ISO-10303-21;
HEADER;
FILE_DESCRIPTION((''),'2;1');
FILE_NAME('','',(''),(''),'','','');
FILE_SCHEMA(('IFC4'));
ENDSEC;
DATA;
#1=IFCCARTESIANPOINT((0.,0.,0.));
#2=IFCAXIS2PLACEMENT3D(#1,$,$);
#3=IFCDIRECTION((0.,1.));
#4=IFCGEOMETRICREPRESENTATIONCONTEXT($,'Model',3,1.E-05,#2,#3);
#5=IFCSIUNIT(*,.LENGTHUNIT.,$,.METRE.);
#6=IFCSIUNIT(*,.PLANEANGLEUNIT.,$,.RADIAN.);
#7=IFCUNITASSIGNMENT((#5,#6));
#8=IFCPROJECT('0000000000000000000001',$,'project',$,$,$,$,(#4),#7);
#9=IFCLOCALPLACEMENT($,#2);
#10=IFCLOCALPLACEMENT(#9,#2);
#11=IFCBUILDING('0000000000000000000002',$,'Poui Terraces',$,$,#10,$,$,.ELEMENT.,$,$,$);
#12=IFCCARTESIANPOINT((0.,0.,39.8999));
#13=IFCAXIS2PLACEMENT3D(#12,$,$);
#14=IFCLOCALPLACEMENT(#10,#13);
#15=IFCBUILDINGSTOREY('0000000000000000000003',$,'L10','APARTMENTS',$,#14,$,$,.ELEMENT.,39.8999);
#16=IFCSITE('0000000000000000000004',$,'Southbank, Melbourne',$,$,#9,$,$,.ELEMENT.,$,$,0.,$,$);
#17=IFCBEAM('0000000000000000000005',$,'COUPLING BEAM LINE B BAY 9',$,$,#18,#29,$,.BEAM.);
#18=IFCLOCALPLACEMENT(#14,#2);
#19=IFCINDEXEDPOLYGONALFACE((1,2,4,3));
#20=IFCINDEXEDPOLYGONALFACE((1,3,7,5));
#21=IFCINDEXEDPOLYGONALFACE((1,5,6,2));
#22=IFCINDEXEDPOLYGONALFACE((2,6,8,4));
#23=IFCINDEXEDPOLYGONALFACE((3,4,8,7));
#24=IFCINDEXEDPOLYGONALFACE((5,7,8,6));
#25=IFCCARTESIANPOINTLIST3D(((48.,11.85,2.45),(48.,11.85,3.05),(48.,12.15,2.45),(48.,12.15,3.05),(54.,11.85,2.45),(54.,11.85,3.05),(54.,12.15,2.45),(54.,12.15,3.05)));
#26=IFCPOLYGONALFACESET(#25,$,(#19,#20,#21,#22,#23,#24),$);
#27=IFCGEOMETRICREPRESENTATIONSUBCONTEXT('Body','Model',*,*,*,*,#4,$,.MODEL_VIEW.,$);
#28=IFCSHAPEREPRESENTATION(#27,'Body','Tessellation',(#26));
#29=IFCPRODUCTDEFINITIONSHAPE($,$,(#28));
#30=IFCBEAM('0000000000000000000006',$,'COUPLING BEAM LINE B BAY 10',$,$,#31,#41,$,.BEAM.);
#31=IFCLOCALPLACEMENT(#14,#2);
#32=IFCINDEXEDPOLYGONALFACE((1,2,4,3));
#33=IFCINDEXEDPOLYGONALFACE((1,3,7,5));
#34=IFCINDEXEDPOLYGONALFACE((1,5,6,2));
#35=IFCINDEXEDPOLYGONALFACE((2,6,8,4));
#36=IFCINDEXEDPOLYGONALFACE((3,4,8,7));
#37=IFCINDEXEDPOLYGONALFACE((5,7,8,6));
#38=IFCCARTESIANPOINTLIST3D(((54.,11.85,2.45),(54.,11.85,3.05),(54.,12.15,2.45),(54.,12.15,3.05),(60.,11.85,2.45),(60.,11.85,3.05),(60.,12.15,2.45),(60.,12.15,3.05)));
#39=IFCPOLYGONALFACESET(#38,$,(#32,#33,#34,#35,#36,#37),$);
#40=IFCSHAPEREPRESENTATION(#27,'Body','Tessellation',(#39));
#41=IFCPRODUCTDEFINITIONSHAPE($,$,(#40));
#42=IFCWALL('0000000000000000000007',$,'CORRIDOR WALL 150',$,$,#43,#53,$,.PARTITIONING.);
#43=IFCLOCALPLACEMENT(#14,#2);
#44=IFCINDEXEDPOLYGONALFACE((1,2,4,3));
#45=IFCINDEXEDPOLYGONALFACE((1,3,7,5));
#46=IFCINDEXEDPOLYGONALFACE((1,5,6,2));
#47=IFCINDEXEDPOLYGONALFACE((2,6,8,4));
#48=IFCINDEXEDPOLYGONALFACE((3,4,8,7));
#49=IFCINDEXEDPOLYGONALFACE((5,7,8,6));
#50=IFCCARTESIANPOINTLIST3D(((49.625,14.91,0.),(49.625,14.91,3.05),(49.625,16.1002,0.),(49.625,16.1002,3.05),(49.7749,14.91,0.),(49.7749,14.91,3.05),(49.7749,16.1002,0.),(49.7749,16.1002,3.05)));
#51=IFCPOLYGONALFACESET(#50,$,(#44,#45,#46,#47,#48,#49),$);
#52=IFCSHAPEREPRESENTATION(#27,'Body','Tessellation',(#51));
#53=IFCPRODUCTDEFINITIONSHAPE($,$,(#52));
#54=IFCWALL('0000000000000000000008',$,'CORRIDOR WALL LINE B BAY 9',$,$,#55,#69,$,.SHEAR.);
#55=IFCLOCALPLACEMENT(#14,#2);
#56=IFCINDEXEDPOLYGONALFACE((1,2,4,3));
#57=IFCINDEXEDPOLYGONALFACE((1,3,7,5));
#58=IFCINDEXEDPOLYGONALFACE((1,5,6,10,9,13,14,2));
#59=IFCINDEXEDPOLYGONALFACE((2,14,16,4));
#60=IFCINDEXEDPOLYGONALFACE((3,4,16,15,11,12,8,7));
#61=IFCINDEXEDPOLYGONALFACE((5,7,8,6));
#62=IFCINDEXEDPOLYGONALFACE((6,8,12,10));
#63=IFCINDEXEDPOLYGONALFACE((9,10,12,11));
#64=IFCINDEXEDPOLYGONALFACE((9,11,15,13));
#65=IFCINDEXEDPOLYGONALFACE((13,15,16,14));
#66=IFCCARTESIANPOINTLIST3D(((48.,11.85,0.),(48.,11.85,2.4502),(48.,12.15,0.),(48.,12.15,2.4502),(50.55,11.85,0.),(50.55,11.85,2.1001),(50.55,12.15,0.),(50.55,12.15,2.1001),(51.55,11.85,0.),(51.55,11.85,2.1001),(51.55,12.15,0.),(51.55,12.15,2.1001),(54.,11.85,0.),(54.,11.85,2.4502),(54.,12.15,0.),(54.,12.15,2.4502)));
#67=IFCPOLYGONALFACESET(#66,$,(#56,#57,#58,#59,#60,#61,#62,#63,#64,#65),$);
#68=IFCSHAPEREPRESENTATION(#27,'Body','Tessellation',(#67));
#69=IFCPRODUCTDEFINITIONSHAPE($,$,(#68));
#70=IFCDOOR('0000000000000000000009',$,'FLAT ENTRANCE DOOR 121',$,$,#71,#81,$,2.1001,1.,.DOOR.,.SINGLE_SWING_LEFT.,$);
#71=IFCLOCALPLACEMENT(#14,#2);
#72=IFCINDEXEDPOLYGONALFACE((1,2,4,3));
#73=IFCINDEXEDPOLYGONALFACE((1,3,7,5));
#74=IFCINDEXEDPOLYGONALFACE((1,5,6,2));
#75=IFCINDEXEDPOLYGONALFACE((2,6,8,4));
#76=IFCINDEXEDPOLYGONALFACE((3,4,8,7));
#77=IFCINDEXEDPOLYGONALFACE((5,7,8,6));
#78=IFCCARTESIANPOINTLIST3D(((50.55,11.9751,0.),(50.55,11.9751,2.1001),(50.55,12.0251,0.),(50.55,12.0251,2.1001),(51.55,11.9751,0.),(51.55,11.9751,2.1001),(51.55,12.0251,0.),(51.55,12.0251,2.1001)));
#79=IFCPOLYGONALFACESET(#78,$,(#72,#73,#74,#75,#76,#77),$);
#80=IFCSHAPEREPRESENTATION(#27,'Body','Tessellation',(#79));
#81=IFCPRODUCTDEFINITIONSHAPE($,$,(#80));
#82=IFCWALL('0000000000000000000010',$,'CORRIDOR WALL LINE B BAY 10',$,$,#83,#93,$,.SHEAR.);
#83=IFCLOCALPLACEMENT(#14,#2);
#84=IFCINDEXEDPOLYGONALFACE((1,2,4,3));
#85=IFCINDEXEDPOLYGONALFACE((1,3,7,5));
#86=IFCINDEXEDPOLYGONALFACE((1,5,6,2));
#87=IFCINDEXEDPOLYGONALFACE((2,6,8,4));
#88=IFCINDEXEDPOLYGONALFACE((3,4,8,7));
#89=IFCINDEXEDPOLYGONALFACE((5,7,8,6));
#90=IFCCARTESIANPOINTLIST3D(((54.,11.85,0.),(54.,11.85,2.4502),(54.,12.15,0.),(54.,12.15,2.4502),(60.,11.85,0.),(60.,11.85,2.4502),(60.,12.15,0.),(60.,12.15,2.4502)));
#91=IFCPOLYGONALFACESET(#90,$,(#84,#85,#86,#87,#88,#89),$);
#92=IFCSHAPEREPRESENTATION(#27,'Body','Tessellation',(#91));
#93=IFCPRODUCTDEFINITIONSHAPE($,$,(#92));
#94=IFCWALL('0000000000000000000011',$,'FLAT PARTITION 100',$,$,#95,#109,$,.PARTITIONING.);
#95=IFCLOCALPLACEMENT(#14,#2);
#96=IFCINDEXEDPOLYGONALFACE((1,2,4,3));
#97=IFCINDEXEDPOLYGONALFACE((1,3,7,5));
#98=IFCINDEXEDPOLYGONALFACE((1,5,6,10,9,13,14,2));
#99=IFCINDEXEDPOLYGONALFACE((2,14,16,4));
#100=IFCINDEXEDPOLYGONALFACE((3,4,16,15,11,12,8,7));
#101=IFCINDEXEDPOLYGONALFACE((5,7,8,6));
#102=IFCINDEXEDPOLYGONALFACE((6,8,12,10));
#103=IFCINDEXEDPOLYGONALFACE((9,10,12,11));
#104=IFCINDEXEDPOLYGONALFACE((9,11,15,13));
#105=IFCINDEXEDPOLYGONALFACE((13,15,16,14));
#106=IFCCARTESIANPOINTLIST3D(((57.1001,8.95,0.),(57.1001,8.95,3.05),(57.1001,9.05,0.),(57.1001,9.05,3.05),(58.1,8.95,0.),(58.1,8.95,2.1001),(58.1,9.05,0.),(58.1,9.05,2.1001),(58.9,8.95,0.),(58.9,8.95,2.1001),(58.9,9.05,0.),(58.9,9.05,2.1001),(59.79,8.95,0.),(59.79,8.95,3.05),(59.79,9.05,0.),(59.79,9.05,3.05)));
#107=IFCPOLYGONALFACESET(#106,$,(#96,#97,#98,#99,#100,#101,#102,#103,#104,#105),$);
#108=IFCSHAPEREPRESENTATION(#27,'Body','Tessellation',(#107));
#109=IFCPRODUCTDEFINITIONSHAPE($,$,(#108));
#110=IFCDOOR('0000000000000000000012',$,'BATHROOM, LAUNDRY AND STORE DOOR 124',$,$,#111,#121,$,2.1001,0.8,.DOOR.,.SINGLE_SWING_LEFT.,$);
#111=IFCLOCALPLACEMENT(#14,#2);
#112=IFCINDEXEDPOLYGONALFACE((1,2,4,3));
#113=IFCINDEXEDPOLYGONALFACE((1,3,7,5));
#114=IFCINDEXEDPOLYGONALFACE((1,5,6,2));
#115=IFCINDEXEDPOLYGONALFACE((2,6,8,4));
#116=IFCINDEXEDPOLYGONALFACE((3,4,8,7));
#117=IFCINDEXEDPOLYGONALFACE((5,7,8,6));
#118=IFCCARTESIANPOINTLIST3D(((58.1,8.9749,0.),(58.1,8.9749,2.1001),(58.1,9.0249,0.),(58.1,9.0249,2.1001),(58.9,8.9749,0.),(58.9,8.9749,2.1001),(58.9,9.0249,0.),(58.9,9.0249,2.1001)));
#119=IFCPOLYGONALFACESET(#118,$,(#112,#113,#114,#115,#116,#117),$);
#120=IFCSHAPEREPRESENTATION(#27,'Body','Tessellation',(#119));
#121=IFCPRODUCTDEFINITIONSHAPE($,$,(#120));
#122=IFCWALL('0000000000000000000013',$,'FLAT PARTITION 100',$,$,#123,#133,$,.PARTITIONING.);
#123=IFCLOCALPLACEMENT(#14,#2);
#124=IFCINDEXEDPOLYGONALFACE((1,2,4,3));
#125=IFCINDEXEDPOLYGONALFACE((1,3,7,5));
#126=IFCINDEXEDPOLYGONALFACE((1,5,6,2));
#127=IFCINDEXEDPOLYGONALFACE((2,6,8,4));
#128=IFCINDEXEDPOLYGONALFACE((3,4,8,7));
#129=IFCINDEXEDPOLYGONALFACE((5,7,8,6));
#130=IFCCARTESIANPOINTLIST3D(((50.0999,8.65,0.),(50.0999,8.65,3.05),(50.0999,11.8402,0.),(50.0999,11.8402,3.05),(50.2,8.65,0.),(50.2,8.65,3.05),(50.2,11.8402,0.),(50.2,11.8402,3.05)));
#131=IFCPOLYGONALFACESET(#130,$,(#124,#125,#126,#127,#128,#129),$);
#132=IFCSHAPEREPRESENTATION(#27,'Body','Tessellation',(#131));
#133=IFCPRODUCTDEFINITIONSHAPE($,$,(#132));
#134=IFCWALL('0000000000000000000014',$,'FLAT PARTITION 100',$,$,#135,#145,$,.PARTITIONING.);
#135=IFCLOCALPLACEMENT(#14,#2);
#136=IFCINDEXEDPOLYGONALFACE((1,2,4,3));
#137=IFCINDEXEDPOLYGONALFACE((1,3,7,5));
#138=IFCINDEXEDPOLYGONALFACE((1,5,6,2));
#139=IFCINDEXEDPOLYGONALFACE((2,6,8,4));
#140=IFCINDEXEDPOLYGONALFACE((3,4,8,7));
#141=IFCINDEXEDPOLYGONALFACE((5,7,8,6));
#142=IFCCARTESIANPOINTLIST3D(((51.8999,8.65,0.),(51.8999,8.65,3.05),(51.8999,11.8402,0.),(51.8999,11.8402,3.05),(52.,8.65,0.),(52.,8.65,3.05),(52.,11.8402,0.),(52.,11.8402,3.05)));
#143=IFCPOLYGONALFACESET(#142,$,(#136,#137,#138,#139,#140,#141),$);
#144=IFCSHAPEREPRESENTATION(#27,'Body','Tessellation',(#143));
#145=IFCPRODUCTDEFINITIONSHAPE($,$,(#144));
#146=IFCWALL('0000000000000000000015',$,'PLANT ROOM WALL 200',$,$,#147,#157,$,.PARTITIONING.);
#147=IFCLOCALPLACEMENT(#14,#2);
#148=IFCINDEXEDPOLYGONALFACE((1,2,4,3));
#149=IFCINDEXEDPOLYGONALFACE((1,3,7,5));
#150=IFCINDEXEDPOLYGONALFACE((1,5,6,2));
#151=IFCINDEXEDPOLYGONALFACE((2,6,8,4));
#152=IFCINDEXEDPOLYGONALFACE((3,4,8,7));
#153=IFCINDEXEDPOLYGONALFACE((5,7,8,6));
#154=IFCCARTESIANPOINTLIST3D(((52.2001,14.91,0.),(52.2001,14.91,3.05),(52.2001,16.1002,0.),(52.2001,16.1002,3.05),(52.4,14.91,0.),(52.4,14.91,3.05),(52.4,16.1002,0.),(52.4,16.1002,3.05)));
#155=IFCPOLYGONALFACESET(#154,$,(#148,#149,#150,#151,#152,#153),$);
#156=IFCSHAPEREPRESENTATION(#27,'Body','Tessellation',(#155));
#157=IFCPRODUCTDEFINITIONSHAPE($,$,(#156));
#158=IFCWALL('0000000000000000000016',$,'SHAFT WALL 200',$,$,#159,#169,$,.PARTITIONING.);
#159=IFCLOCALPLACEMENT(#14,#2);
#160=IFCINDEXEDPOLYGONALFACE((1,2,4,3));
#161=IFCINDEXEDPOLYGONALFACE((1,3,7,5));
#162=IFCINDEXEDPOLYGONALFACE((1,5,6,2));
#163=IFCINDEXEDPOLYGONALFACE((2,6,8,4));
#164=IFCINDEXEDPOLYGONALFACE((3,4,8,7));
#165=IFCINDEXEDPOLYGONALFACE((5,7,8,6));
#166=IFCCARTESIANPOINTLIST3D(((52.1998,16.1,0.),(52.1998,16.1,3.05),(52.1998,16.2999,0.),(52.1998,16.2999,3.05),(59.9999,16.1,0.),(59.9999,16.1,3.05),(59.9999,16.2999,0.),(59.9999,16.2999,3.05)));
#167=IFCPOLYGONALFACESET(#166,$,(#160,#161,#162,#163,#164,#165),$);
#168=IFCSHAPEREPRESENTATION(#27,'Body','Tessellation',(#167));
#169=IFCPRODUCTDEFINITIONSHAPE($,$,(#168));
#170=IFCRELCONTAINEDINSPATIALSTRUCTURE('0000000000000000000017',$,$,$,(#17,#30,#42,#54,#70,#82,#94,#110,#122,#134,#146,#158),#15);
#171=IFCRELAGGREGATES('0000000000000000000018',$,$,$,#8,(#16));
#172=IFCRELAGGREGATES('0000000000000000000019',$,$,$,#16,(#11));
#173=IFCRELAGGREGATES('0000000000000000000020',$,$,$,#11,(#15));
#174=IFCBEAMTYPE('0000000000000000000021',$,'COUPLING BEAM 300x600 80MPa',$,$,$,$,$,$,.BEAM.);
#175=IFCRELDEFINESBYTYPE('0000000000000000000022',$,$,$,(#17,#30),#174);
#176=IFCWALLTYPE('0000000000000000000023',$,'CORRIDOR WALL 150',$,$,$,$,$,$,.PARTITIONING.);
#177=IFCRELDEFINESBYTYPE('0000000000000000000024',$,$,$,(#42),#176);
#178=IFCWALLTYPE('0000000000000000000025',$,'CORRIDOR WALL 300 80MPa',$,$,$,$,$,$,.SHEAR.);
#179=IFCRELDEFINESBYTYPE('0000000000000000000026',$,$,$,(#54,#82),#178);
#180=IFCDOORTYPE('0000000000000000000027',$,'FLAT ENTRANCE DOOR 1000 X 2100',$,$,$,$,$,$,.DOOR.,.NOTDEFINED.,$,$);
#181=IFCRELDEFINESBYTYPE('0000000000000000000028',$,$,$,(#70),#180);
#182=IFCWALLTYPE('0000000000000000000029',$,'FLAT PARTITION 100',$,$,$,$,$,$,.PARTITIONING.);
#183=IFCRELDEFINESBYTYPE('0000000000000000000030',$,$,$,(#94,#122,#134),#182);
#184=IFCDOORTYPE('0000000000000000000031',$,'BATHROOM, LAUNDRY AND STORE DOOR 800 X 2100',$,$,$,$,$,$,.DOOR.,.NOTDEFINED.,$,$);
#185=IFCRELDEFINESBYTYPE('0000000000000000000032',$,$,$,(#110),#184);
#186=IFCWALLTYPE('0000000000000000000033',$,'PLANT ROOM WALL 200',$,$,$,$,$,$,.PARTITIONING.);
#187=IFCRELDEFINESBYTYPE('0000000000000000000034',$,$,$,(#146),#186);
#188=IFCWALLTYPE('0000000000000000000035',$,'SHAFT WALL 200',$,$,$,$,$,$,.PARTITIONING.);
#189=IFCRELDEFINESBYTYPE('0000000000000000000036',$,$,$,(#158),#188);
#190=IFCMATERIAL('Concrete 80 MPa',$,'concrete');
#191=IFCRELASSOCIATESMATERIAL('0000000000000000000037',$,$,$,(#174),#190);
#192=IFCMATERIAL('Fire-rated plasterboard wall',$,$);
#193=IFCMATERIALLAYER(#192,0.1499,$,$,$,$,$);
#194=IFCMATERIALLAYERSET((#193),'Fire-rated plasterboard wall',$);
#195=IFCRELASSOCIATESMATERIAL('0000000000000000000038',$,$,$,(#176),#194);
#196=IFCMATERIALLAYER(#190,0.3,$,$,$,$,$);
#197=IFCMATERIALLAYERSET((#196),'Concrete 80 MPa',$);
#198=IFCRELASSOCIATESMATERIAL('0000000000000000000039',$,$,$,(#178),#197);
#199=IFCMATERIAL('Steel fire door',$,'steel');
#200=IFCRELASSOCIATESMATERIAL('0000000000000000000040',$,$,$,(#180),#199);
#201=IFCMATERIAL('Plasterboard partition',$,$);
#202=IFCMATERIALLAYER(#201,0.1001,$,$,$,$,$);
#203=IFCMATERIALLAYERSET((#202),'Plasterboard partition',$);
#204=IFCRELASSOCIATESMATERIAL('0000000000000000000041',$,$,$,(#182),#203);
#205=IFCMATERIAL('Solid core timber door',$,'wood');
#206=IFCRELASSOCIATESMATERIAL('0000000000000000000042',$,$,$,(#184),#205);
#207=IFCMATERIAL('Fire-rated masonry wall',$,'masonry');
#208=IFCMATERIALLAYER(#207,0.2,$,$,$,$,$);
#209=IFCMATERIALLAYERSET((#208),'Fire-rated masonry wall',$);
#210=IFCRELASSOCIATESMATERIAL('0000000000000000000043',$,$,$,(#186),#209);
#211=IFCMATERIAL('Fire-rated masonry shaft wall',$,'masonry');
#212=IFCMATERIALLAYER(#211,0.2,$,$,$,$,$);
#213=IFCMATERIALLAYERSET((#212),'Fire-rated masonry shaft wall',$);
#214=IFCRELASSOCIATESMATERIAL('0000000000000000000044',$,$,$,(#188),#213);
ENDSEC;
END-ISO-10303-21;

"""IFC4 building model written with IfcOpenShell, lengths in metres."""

from ifc_helpers import new_model, si_unit, direction, frame, frame_2d, origin, origin_2d, place, context, subcontext, project, spatial, rectangle, extrude, source, transform, mapped, material, layer, layer_set, material_profile, profile_set, type_object, element, fill, save


model = new_model("IFC4")

# Units and contexts
model_context = context("Model", 3, precision=1e-05, world=origin(), true_north=direction((0.0, 1.0)))
body_context = subcontext(model_context, "Body", "Model", "MODEL_VIEW")
ifc_project = project(units=[si_unit("LENGTHUNIT", "METRE"), si_unit("PLANEANGLEUNIT", "RADIAN")], contexts=[model_context])

# Site, building, storey
site_placement = place(None, origin())
site = spatial("IfcSite", under=ifc_project, at=site_placement, Name="Southbank, Melbourne", CompositionType="ELEMENT", RefElevation=0.0)
building_placement = place(site_placement, origin())
building = spatial("IfcBuilding", under=site, at=building_placement, Name="Poui Terraces", CompositionType="ELEMENT")
storey_placement = place(building_placement, frame((0.0, 0.0, 39.8999)))
storey = spatial("IfcBuildingStorey", under=building, at=storey_placement, Name="L10", Description="APARTMENTS", CompositionType="ELEMENT", Elevation=39.8999)

# Beams
ifc_material_1 = material(Name="Concrete 80 MPa", Category="concrete")
ifc_material_profile = material_profile(ifc_material_1, rectangle(XDim=0.3, YDim=0.6001, at=origin_2d()), Name="RC 300x600")
ifc_profile_set = profile_set([ifc_material_profile], Name="Concrete 80 MPa")
beam_type = type_object("IfcBeamType", Name="COUPLING BEAM 300x600 80MPa", PredefinedType="BEAM", material=ifc_profile_set)
shared_shape = source(origin(), body_context, "Body", "SweptSolid", [
    extrude(rectangle(XDim=0.3, YDim=0.6001, at=origin_2d()), origin(), (0.0, 0.0, 1.0), 6.0),
])
for number, where, z_axis, x_axis, name in (
    (1, (48.0, 12.0, 2.75), (1.0, 0.0, 0.0), (0.0, 1.0, 0.0), "COUPLING BEAM LINE B BAY 9"),
    (2, (54.0, 12.0, 2.75), (1.0, 0.0, 0.0), (0.0, 1.0, 0.0), "COUPLING BEAM LINE B BAY 10"),
):
    element("IfcBeam", number, at=place(storey_placement, frame(where, z_axis=z_axis, x_axis=x_axis)), inside=storey, type_object=beam_type, Name=name, PredefinedType="BEAM", context=body_context, shape_type="MappedRepresentation", body=[
        mapped(shared_shape, transform((0.0, 0.0, 0.0))),
    ])

# Wall
ifc_material_2 = material(Name="Fire-rated plasterboard wall")
ifc_layer_1 = layer(ifc_material_2, 0.1499)
ifc_layer_set_1 = layer_set([ifc_layer_1], Name="Fire-rated plasterboard wall")
wall_type_1 = type_object("IfcWallType", Name="CORRIDOR WALL 150", PredefinedType="PARTITIONING", material=ifc_layer_set_1)
wall_1_placement = place(storey_placement, frame((49.7, 14.9099, 0.0), z_axis=(0.0, 0.0, 1.0), x_axis=(0.0, 1.0, 0.0)))
element("IfcWall", 3, at=wall_1_placement, inside=storey, type_object=wall_type_1, Name="CORRIDOR WALL 150", PredefinedType="PARTITIONING", context=body_context, shape_type="SweptSolid", body=[
    extrude(rectangle(XDim=1.1902, YDim=0.1499, at=frame_2d((0.5952, 0.0))), origin(), (0.0, 0.0, 1.0), 3.05),
])

# Wall, opening, door
ifc_layer_2 = layer(ifc_material_1, 0.3)
ifc_layer_set_2 = layer_set([ifc_layer_2], Name="Concrete 80 MPa")
wall_type_2 = type_object("IfcWallType", Name="CORRIDOR WALL 300 80MPa", PredefinedType="SHEAR", material=ifc_layer_set_2)
wall_2_placement = place(storey_placement, frame((48.0, 12.0, 0.0), z_axis=(0.0, 0.0, 1.0), x_axis=(1.0, 0.0, 0.0)))
wall_2 = element("IfcWall", 4, at=wall_2_placement, inside=storey, type_object=wall_type_2, Name="CORRIDOR WALL LINE B BAY 9", PredefinedType="SHEAR", context=body_context, shape_type="SweptSolid", body=[
    extrude(rectangle(XDim=6.0, YDim=0.3, at=frame_2d((3.0, 0.0))), origin(), (0.0, 0.0, 1.0), 2.4502),
])
opening_1_placement = place(wall_2_placement, frame((2.55, 0.0, 0.0)))
opening_1 = element("IfcOpeningElement", 5, at=opening_1_placement, cuts=wall_2, PredefinedType="OPENING", context=body_context, shape_type="SweptSolid", body=[
    extrude(rectangle(XDim=1.0, YDim=2.1001, at=frame_2d((0.5, 1.05))), frame((0.0, 0.1602, 0.0), z_axis=(0.0, -1.0, 0.0), x_axis=(1.0, 0.0, 0.0)), (0.0, 0.0, 1.0), 0.3201),
])
ifc_material_3 = material(Name="Steel fire door", Category="steel")
door_type_1 = type_object("IfcDoorType", Name="FLAT ENTRANCE DOOR 1000 X 2100", OperationType="NOTDEFINED", PredefinedType="DOOR", material=ifc_material_3)
door_1_placement = place(opening_1_placement, frame((1.0, 0.0, 0.0), z_axis=(0.0, 0.0, 1.0), x_axis=(-1.0, 0.0, 0.0)))
door_1 = element("IfcDoor", 6, at=door_1_placement, inside=storey, type_object=door_type_1, Name="FLAT ENTRANCE DOOR 121", OperationType="SINGLE_SWING_LEFT", OverallHeight=2.1001, OverallWidth=1.0, PredefinedType="DOOR", context=body_context, shape_type="SweptSolid", body=[
    extrude(rectangle(XDim=1.0, YDim=2.1001, at=frame_2d((0.5, 1.05))), frame((0.0, 0.0249, 0.0), z_axis=(0.0, -1.0, 0.0), x_axis=(1.0, 0.0, 0.0)), (0.0, 0.0, 1.0), 0.05),
])
fill(opening_1, door_1)

# Wall
wall_3_placement = place(storey_placement, frame((54.0, 12.0, 0.0), z_axis=(0.0, 0.0, 1.0), x_axis=(1.0, 0.0, 0.0)))
element("IfcWall", 7, at=wall_3_placement, inside=storey, type_object=wall_type_2, Name="CORRIDOR WALL LINE B BAY 10", PredefinedType="SHEAR", context=body_context, shape_type="SweptSolid", body=[
    extrude(rectangle(XDim=6.0, YDim=0.3, at=frame_2d((3.0, 0.0))), origin(), (0.0, 0.0, 1.0), 2.4502),
])

# Wall, opening, door
ifc_material_4 = material(Name="Plasterboard partition")
ifc_layer_3 = layer(ifc_material_4, 0.1001)
ifc_layer_set_3 = layer_set([ifc_layer_3], Name="Plasterboard partition")
wall_type_3 = type_object("IfcWallType", Name="FLAT PARTITION 100", PredefinedType="PARTITIONING", material=ifc_layer_set_3)
wall_4_placement = place(storey_placement, frame((57.1001, 9.0, 0.0), z_axis=(0.0, 0.0, 1.0), x_axis=(1.0, 0.0, 0.0)))
wall_4 = element("IfcWall", 8, at=wall_4_placement, inside=storey, type_object=wall_type_3, Name="FLAT PARTITION 100", PredefinedType="PARTITIONING", context=body_context, shape_type="SweptSolid", body=[
    extrude(rectangle(XDim=2.6899, YDim=0.1001, at=frame_2d((1.345, 0.0))), origin(), (0.0, 0.0, 1.0), 3.05),
])
opening_2_placement = place(wall_4_placement, frame((1.0, 0.0, 0.0)))
opening_2 = element("IfcOpeningElement", 9, at=opening_2_placement, cuts=wall_4, PredefinedType="OPENING", context=body_context, shape_type="SweptSolid", body=[
    extrude(rectangle(XDim=0.8, YDim=2.1001, at=frame_2d((0.3999, 1.05))), frame((0.0, 0.0601, 0.0), z_axis=(0.0, -1.0, 0.0), x_axis=(1.0, 0.0, 0.0)), (0.0, 0.0, 1.0), 0.1201),
])
ifc_material_5 = material(Name="Solid core timber door", Category="wood")
door_type_2 = type_object("IfcDoorType", Name="BATHROOM, LAUNDRY AND STORE DOOR 800 X 2100", OperationType="NOTDEFINED", PredefinedType="DOOR", material=ifc_material_5)
door_2_placement = place(opening_2_placement, origin())
door_2 = element("IfcDoor", 10, at=door_2_placement, inside=storey, type_object=door_type_2, Name="BATHROOM, LAUNDRY AND STORE DOOR 124", OperationType="SINGLE_SWING_LEFT", OverallHeight=2.1001, OverallWidth=0.8, PredefinedType="DOOR", context=body_context, shape_type="SweptSolid", body=[
    extrude(rectangle(XDim=0.8, YDim=2.1001, at=frame_2d((0.3999, 1.05))), frame((0.0, 0.0249, 0.0), z_axis=(0.0, -1.0, 0.0), x_axis=(1.0, 0.0, 0.0)), (0.0, 0.0, 1.0), 0.05),
])
fill(opening_2, door_2)

# Walls
for number, where, z_axis, x_axis, name in (
    (11, (50.1499, 8.6499, 0.0), (0.0, 0.0, 1.0), (0.0, 1.0, 0.0), "FLAT PARTITION 100"),
    (12, (51.95, 8.6499, 0.0), (0.0, 0.0, 1.0), (0.0, 1.0, 0.0), "FLAT PARTITION 100"),
):
    element("IfcWall", number, at=place(storey_placement, frame(where, z_axis=z_axis, x_axis=x_axis)), inside=storey, type_object=wall_type_3, Name=name, PredefinedType="PARTITIONING", context=body_context, shape_type="SweptSolid", body=[
        extrude(rectangle(XDim=3.1902, YDim=0.1001, at=frame_2d((1.5952, 0.0))), origin(), (0.0, 0.0, 1.0), 3.05),
    ])
ifc_material_6 = material(Name="Fire-rated masonry wall", Category="masonry")
ifc_layer_4 = layer(ifc_material_6, 0.2)
ifc_layer_set_4 = layer_set([ifc_layer_4], Name="Fire-rated masonry wall")
wall_type_4 = type_object("IfcWallType", Name="PLANT ROOM WALL 200", PredefinedType="PARTITIONING", material=ifc_layer_set_4)
wall_5_placement = place(storey_placement, frame((52.3, 14.9099, 0.0), z_axis=(0.0, 0.0, 1.0), x_axis=(0.0, 1.0, 0.0)))
element("IfcWall", 13, at=wall_5_placement, inside=storey, type_object=wall_type_4, Name="PLANT ROOM WALL 200", PredefinedType="PARTITIONING", context=body_context, shape_type="SweptSolid", body=[
    extrude(rectangle(XDim=1.1902, YDim=0.2, at=frame_2d((0.5952, 0.0))), origin(), (0.0, 0.0, 1.0), 3.05),
])
ifc_material_7 = material(Name="Fire-rated masonry shaft wall", Category="masonry")
ifc_layer_5 = layer(ifc_material_7, 0.2)
ifc_layer_set_5 = layer_set([ifc_layer_5], Name="Fire-rated masonry shaft wall")
wall_type_5 = type_object("IfcWallType", Name="SHAFT WALL 200", PredefinedType="PARTITIONING", material=ifc_layer_set_5)
wall_6_placement = place(storey_placement, frame((52.2, 16.2, 0.0), z_axis=(0.0, 0.0, 1.0), x_axis=(1.0, 0.0, 0.0)))
element("IfcWall", 14, at=wall_6_placement, inside=storey, type_object=wall_type_5, Name="SHAFT WALL 200", PredefinedType="PARTITIONING", context=body_context, shape_type="SweptSolid", body=[
    extrude(rectangle(XDim=7.8, YDim=0.2, at=frame_2d((3.8999, 0.0))), origin(), (0.0, 0.0, 1.0), 3.05),
])

save(model, "model.ifc")
